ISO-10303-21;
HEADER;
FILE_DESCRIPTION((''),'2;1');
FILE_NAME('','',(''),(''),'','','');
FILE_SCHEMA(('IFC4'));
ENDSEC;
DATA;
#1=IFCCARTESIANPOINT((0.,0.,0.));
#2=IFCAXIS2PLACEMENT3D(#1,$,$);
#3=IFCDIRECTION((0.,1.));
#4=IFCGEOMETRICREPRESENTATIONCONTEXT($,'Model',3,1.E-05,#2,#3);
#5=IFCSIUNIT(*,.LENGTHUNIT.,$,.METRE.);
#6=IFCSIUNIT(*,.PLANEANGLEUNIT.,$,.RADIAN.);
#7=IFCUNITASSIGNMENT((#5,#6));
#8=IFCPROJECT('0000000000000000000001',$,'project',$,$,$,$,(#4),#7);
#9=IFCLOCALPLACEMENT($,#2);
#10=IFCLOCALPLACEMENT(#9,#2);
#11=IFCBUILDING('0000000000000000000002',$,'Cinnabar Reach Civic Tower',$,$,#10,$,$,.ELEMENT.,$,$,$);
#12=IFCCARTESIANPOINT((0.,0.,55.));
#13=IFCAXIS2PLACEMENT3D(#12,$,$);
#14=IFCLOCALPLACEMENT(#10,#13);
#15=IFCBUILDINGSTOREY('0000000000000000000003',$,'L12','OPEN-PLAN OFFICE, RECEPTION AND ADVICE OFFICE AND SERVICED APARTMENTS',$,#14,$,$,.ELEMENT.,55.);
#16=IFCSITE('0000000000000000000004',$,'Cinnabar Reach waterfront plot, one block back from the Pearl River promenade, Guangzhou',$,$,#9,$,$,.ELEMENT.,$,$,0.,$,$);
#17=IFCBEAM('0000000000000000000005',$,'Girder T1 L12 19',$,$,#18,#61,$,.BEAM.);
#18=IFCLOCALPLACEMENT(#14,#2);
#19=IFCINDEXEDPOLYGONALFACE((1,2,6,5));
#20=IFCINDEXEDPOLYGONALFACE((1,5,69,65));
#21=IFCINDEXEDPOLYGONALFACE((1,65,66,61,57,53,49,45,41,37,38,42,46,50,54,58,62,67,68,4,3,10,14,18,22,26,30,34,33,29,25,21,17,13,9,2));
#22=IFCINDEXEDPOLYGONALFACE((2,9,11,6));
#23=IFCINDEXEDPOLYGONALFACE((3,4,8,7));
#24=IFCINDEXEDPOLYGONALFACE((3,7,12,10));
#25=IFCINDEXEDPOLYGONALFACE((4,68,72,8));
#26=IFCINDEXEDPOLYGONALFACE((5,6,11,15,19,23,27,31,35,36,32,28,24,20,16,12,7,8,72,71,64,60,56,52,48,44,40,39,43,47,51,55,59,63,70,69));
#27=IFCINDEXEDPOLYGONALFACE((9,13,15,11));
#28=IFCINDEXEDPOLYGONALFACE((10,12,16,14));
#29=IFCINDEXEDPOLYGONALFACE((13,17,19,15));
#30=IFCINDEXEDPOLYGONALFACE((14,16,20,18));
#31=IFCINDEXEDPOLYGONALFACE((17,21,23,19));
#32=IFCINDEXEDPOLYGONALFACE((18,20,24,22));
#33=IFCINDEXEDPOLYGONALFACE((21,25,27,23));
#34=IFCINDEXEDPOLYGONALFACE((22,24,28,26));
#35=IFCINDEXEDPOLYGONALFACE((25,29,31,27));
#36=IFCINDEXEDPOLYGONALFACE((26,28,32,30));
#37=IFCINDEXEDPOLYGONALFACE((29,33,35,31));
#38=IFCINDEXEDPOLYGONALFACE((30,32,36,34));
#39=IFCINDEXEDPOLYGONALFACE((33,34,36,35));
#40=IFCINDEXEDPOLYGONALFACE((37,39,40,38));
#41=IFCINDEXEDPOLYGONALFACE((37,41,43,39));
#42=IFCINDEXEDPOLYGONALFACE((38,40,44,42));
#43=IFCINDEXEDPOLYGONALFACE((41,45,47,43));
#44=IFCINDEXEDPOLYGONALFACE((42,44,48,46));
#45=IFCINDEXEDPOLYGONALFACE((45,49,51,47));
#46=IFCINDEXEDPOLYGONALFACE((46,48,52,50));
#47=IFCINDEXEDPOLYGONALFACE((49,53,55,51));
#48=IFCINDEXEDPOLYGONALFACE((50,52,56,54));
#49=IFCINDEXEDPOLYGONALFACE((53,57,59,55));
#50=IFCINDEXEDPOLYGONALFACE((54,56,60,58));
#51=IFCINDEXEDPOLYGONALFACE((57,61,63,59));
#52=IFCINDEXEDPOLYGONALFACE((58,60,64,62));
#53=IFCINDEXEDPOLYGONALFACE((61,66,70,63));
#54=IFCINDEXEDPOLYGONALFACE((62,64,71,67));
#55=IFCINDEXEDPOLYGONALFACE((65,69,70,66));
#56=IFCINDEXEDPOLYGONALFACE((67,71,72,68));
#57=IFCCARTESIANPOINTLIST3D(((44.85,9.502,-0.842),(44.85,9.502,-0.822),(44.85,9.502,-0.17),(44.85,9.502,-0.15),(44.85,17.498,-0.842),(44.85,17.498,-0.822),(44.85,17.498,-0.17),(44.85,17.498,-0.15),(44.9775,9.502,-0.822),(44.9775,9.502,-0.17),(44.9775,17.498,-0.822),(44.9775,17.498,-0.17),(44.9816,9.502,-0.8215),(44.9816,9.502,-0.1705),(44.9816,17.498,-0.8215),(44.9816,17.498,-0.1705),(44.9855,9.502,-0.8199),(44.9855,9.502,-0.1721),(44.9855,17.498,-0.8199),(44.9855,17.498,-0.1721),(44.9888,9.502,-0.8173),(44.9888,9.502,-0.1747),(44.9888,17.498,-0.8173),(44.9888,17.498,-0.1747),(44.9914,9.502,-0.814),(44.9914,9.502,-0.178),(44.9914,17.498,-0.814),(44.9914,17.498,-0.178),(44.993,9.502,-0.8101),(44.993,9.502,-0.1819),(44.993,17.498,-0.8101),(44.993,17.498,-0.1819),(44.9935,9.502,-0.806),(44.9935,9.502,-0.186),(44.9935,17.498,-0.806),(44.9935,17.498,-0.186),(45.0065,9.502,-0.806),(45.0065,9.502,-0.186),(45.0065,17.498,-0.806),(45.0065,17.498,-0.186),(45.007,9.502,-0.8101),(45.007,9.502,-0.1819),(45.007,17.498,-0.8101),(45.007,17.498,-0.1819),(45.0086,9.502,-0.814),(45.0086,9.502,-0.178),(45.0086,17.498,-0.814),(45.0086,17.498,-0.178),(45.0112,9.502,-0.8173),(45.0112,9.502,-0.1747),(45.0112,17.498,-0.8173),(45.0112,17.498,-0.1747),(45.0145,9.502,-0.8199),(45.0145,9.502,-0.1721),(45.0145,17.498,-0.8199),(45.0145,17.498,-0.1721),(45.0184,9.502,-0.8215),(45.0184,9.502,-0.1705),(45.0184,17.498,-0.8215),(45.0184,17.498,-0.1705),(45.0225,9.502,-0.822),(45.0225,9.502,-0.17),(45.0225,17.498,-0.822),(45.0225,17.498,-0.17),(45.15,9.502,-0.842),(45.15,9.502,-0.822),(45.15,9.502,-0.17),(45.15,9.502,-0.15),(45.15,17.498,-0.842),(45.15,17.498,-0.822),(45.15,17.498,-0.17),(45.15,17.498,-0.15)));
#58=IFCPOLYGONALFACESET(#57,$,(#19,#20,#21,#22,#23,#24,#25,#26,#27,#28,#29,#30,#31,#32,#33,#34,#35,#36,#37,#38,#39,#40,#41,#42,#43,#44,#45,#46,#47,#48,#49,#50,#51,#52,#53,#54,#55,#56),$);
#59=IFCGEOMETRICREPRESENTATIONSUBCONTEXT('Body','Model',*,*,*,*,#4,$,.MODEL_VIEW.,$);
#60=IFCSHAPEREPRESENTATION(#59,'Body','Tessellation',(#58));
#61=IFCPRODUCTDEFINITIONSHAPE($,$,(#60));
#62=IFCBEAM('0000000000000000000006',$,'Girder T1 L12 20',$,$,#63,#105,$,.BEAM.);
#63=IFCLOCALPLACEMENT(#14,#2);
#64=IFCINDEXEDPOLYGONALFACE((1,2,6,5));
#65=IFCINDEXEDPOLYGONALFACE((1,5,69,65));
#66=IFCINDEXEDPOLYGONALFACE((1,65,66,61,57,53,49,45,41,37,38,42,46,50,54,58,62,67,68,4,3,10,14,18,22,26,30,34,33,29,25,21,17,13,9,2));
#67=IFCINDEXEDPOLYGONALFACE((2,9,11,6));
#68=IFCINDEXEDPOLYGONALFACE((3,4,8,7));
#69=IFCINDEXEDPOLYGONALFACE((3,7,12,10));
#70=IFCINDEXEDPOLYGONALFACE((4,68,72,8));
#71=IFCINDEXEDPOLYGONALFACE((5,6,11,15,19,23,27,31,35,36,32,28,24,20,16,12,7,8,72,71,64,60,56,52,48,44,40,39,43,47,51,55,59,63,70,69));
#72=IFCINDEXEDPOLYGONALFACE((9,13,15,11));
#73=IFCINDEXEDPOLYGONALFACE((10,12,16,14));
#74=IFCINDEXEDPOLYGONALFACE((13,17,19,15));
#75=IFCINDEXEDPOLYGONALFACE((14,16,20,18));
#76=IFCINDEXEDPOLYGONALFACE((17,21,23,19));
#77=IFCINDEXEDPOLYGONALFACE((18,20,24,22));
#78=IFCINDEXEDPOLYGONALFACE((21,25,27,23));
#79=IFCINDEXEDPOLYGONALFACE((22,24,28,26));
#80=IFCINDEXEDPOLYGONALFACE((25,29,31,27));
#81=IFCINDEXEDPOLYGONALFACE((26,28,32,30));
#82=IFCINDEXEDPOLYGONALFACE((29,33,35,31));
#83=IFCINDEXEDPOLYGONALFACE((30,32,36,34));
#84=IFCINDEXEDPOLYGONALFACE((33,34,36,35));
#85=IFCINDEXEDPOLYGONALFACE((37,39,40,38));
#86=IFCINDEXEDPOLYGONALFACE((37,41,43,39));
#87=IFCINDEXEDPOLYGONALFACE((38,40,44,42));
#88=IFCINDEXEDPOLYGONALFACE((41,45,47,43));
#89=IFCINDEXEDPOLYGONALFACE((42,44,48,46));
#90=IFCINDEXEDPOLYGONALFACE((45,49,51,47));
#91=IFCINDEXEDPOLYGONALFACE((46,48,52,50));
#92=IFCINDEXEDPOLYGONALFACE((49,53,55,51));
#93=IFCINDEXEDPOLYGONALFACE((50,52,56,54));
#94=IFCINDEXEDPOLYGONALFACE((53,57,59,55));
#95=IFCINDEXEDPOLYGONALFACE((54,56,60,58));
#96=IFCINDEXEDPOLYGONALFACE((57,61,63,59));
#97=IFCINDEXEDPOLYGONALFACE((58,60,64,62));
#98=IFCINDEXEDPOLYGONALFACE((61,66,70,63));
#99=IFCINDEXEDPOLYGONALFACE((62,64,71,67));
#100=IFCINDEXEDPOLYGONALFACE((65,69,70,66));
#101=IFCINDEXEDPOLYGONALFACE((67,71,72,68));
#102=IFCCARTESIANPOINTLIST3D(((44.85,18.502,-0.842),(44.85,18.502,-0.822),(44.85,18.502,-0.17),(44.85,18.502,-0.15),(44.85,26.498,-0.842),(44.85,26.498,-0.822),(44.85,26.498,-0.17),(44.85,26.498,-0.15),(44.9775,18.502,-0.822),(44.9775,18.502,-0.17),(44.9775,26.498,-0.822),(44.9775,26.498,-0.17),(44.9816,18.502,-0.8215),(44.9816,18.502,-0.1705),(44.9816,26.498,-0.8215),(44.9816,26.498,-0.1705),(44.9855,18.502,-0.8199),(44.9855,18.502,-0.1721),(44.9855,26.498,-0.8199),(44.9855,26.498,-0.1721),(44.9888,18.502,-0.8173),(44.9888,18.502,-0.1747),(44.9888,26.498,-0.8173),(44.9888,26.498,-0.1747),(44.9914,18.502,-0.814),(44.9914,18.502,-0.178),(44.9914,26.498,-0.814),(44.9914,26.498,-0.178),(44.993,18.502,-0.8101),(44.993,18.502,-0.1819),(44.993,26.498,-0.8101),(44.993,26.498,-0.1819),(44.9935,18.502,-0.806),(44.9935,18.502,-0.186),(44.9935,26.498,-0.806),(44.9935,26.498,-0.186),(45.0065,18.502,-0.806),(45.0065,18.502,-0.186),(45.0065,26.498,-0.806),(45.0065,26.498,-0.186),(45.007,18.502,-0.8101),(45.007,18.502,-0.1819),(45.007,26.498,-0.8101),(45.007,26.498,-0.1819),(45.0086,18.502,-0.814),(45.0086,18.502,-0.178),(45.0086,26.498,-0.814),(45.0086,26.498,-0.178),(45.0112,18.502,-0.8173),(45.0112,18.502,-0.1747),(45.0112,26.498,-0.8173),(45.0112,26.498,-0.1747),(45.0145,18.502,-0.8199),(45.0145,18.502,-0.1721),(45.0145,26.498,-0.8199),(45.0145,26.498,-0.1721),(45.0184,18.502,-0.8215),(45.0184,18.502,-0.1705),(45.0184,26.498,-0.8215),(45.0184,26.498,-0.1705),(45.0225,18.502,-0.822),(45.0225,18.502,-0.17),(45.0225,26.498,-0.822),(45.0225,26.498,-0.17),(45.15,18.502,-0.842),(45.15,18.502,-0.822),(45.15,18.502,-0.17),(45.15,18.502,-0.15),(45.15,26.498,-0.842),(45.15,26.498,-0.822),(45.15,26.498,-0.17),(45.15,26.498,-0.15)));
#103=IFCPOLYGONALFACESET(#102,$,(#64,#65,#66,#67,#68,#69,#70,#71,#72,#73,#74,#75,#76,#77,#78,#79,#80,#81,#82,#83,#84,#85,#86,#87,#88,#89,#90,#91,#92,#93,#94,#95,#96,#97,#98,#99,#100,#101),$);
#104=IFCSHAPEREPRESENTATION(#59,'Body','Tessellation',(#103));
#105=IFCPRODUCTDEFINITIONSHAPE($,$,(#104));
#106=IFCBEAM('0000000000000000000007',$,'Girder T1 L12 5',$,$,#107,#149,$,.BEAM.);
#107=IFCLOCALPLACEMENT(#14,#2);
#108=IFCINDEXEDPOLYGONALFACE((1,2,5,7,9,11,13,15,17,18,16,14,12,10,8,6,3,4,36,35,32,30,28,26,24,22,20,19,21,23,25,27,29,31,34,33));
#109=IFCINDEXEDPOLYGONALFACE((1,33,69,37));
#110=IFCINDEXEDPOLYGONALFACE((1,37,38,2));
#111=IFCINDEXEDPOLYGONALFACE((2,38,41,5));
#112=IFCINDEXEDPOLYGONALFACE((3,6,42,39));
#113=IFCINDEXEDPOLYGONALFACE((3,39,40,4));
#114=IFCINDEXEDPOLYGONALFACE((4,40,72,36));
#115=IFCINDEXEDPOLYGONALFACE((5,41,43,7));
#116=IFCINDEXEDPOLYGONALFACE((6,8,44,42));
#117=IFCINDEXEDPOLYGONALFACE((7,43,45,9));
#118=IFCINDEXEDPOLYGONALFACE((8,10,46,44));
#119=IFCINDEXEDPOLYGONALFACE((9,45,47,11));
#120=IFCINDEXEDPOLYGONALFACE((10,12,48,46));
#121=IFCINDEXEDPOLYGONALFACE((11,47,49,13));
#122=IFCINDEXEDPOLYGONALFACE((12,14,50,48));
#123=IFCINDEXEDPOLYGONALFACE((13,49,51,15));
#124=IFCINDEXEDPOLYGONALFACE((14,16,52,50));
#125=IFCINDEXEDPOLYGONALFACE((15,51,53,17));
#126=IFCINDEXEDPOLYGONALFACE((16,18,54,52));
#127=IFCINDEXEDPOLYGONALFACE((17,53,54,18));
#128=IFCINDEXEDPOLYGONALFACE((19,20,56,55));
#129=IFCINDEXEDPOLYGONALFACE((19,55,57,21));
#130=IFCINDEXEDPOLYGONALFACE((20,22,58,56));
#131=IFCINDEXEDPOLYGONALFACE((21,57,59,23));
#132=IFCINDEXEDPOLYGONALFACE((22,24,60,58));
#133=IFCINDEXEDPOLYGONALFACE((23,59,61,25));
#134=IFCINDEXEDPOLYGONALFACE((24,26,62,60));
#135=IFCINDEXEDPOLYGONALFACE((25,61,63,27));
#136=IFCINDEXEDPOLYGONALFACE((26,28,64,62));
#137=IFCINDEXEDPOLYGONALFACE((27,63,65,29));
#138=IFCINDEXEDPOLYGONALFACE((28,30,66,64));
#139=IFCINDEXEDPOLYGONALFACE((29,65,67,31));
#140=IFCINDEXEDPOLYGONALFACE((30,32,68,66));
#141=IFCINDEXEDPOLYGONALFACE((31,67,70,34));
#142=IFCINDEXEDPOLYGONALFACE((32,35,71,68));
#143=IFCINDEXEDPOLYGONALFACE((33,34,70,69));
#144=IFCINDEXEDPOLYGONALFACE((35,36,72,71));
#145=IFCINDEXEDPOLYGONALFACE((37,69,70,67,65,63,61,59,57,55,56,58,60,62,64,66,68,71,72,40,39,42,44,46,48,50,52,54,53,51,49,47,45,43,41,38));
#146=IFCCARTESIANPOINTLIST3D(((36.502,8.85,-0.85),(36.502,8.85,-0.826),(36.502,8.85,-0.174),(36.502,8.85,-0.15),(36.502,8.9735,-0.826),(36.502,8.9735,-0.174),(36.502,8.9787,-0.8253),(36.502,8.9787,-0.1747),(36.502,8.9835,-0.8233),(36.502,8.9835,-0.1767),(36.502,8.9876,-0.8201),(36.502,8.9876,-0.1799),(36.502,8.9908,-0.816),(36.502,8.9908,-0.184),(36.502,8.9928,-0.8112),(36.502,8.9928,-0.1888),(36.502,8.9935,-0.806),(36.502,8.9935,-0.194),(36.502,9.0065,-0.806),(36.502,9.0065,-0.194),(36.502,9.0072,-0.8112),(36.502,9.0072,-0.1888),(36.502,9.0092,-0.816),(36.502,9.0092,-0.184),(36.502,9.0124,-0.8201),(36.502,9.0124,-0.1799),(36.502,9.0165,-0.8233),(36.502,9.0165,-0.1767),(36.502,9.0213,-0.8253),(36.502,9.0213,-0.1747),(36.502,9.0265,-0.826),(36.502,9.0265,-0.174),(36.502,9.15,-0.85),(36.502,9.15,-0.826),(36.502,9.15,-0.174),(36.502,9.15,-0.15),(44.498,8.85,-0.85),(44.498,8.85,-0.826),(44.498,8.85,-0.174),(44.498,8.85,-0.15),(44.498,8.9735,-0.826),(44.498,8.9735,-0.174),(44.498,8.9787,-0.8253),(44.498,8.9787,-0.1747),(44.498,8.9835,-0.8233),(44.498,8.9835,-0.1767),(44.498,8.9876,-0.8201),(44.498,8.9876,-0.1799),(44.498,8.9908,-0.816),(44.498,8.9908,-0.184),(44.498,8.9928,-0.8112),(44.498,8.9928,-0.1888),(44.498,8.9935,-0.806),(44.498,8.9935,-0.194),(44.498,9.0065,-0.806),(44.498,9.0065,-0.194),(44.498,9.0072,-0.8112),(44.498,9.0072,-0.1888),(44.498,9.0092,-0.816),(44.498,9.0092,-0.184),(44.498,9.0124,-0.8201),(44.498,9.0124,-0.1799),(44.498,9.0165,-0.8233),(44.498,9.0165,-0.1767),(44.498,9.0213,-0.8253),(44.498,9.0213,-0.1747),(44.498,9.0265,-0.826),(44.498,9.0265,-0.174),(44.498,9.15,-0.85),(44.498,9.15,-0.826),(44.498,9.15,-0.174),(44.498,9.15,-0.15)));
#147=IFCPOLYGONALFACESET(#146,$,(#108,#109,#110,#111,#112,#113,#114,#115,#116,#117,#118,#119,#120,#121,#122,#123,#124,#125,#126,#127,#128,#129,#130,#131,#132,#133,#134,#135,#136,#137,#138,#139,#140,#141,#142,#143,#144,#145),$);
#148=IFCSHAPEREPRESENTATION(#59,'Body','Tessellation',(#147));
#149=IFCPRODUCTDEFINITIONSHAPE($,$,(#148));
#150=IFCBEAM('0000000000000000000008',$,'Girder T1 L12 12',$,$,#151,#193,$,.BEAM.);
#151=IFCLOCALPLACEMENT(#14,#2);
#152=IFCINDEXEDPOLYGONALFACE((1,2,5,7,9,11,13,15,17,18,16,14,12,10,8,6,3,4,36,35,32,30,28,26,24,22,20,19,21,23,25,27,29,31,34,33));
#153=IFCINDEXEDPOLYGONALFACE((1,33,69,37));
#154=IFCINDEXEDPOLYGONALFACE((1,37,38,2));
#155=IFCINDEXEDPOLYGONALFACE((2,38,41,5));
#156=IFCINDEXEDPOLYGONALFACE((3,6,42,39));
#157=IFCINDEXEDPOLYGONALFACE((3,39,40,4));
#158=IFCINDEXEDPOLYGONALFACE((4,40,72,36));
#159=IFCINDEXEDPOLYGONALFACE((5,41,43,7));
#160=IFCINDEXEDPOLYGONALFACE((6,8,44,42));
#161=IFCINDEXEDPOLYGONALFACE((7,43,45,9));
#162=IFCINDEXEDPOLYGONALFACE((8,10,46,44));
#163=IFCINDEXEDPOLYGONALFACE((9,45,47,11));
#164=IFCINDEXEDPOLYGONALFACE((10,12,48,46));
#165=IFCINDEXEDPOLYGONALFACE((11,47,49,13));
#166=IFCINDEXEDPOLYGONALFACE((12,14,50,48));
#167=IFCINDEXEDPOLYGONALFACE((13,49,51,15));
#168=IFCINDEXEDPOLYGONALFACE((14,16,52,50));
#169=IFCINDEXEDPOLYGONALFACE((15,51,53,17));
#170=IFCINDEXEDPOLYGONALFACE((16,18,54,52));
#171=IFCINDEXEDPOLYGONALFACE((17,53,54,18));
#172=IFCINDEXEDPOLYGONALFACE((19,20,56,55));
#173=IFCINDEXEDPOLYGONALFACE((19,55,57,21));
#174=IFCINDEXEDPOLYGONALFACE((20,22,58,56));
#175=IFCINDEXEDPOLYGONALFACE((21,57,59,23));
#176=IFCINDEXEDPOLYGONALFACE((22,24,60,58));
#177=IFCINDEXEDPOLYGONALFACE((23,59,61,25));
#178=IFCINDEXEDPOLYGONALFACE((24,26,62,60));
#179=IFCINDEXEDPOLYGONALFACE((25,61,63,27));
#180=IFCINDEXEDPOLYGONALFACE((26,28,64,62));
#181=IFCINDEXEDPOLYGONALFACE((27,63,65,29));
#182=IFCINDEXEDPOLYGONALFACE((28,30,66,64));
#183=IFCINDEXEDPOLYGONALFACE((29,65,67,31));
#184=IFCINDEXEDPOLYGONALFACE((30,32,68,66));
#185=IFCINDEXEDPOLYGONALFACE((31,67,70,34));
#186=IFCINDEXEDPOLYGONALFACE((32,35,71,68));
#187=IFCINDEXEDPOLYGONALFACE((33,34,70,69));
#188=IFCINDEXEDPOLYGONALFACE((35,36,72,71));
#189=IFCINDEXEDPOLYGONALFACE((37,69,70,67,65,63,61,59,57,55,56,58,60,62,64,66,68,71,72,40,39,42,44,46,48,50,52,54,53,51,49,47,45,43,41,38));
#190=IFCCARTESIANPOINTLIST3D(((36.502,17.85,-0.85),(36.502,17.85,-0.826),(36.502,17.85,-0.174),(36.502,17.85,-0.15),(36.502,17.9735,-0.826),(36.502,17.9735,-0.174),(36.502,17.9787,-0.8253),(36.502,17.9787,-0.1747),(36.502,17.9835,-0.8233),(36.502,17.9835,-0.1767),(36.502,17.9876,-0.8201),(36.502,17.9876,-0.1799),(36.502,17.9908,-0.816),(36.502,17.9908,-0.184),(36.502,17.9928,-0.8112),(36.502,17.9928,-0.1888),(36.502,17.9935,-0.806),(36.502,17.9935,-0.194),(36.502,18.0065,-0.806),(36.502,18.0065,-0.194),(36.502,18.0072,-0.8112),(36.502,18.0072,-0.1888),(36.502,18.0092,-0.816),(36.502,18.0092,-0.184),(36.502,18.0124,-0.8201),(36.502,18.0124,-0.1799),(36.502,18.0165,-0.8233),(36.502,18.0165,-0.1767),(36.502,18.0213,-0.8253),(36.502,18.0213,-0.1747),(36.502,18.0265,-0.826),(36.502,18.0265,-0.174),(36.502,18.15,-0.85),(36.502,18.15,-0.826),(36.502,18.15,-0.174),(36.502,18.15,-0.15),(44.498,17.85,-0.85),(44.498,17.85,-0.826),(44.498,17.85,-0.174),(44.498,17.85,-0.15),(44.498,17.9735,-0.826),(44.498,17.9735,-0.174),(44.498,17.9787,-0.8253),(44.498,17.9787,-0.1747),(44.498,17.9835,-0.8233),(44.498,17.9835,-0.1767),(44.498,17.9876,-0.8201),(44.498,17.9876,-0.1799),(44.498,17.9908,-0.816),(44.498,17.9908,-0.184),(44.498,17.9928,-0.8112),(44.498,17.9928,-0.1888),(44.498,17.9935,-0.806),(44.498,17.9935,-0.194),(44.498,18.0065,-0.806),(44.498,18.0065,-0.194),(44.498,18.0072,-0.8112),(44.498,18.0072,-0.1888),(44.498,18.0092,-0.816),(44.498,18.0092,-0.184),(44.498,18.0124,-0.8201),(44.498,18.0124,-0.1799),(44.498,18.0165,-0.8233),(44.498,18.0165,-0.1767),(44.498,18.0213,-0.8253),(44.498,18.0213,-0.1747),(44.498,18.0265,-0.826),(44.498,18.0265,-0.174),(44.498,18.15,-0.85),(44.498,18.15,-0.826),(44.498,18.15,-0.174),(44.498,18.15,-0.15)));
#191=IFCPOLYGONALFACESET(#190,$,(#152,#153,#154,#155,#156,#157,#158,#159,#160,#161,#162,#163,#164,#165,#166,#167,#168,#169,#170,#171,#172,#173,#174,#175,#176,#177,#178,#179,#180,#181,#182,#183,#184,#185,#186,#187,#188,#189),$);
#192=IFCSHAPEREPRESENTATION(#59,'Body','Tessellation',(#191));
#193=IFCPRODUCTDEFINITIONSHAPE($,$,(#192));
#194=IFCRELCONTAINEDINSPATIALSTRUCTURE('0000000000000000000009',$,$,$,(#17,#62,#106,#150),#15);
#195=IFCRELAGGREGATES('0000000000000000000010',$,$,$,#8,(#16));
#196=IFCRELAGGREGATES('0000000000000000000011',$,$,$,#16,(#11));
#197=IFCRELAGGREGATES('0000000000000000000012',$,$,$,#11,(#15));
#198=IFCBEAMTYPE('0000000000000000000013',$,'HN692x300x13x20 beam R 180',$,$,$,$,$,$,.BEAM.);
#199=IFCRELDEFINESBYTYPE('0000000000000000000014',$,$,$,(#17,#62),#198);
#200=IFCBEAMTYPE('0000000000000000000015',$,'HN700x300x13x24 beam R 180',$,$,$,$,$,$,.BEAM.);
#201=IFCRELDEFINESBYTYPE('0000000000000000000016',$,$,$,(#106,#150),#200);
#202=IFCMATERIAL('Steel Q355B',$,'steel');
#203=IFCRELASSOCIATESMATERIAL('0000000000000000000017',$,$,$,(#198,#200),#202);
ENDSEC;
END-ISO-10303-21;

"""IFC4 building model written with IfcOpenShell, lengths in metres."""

from ifc_helpers import new_model, si_unit, direction, frame, origin, origin_2d, place, context, subcontext, project, spatial, i_section, extrude, material, material_profile, profile_set, type_object, element, save


model = new_model("IFC4")

# Units and contexts
model_context = context("Model", 3, precision=1e-05, world=origin(), true_north=direction((0.0, 1.0)))
body_context = subcontext(model_context, "Body", "Model", "MODEL_VIEW")
ifc_project = project(units=[si_unit("LENGTHUNIT", "METRE"), si_unit("PLANEANGLEUNIT", "RADIAN")], contexts=[model_context])

# Site, building, storey
site_placement = place(None, origin())
site = spatial("IfcSite", under=ifc_project, at=site_placement, Name="Cinnabar Reach waterfront plot, one block back from the Pearl River promenade, Guangzhou", CompositionType="ELEMENT", RefElevation=0.0)
building_placement = place(site_placement, origin())
building = spatial("IfcBuilding", under=site, at=building_placement, Name="Cinnabar Reach Civic Tower", CompositionType="ELEMENT")
storey_placement = place(building_placement, frame((0.0, 0.0, 55.0)))
storey = spatial("IfcBuildingStorey", under=building, at=storey_placement, Name="L12", Description="OPEN-PLAN OFFICE, RECEPTION AND ADVICE OFFICE AND SERVICED APARTMENTS", CompositionType="ELEMENT", Elevation=55.0)

# Beams
ifc_material_1 = material(Name="Steel Q355B", Category="steel")
ifc_material_profile_1 = material_profile(ifc_material_1, i_section(OverallWidth=0.3, OverallDepth=0.692, WebThickness=0.013, FlangeThickness=0.02, FilletRadius=0.016, at=origin_2d()), Name="HN692x300x13x20")
ifc_profile_set_1 = profile_set([ifc_material_profile_1], Name="Steel Q355B")
beam_type_1 = type_object("IfcBeamType", Name="HN692x300x13x20 beam R 180", PredefinedType="BEAM", material=ifc_profile_set_1)
for number, where, z_axis, x_axis, name in (
    (1, (45.0, 9.502, -0.496), (0.0, 1.0, 0.0), (-1.0, 0.0, 0.0), "Girder T1 L12 19"),
    (2, (45.0, 18.502, -0.496), (0.0, 1.0, 0.0), (-1.0, 0.0, 0.0), "Girder T1 L12 20"),
):
    element("IfcBeam", number, at=place(storey_placement, frame(where, z_axis=z_axis, x_axis=x_axis)), inside=storey, type_object=beam_type_1, Name=name, PredefinedType="BEAM", context=body_context, shape_type="SweptSolid", body=[
        extrude(i_section(OverallWidth=0.3, OverallDepth=0.692, WebThickness=0.013, FlangeThickness=0.02, FilletRadius=0.016, at=origin_2d()), origin(), (0.0, 0.0, 1.0), 7.996),
    ])
ifc_material_profile_2 = material_profile(ifc_material_1, i_section(OverallWidth=0.3, OverallDepth=0.7, WebThickness=0.013, FlangeThickness=0.024, FilletRadius=0.02, at=origin_2d()), Name="HN700x300x13x24")
ifc_profile_set_2 = profile_set([ifc_material_profile_2], Name="Steel Q355B")
beam_type_2 = type_object("IfcBeamType", Name="HN700x300x13x24 beam R 180", PredefinedType="BEAM", material=ifc_profile_set_2)
for number, where, z_axis, x_axis, name in (
    (3, (36.502, 9.0, -0.5), (1.0, 0.0, 0.0), (0.0, 1.0, 0.0), "Girder T1 L12 5"),
    (4, (36.502, 18.0, -0.5), (1.0, 0.0, 0.0), (0.0, 1.0, 0.0), "Girder T1 L12 12"),
):
    element("IfcBeam", number, at=place(storey_placement, frame(where, z_axis=z_axis, x_axis=x_axis)), inside=storey, type_object=beam_type_2, Name=name, PredefinedType="BEAM", context=body_context, shape_type="SweptSolid", body=[
        extrude(i_section(OverallWidth=0.3, OverallDepth=0.7, WebThickness=0.013, FlangeThickness=0.024, FilletRadius=0.02, at=origin_2d()), origin(), (0.0, 0.0, 1.0), 7.996),
    ])

save(model, "model.ifc")
